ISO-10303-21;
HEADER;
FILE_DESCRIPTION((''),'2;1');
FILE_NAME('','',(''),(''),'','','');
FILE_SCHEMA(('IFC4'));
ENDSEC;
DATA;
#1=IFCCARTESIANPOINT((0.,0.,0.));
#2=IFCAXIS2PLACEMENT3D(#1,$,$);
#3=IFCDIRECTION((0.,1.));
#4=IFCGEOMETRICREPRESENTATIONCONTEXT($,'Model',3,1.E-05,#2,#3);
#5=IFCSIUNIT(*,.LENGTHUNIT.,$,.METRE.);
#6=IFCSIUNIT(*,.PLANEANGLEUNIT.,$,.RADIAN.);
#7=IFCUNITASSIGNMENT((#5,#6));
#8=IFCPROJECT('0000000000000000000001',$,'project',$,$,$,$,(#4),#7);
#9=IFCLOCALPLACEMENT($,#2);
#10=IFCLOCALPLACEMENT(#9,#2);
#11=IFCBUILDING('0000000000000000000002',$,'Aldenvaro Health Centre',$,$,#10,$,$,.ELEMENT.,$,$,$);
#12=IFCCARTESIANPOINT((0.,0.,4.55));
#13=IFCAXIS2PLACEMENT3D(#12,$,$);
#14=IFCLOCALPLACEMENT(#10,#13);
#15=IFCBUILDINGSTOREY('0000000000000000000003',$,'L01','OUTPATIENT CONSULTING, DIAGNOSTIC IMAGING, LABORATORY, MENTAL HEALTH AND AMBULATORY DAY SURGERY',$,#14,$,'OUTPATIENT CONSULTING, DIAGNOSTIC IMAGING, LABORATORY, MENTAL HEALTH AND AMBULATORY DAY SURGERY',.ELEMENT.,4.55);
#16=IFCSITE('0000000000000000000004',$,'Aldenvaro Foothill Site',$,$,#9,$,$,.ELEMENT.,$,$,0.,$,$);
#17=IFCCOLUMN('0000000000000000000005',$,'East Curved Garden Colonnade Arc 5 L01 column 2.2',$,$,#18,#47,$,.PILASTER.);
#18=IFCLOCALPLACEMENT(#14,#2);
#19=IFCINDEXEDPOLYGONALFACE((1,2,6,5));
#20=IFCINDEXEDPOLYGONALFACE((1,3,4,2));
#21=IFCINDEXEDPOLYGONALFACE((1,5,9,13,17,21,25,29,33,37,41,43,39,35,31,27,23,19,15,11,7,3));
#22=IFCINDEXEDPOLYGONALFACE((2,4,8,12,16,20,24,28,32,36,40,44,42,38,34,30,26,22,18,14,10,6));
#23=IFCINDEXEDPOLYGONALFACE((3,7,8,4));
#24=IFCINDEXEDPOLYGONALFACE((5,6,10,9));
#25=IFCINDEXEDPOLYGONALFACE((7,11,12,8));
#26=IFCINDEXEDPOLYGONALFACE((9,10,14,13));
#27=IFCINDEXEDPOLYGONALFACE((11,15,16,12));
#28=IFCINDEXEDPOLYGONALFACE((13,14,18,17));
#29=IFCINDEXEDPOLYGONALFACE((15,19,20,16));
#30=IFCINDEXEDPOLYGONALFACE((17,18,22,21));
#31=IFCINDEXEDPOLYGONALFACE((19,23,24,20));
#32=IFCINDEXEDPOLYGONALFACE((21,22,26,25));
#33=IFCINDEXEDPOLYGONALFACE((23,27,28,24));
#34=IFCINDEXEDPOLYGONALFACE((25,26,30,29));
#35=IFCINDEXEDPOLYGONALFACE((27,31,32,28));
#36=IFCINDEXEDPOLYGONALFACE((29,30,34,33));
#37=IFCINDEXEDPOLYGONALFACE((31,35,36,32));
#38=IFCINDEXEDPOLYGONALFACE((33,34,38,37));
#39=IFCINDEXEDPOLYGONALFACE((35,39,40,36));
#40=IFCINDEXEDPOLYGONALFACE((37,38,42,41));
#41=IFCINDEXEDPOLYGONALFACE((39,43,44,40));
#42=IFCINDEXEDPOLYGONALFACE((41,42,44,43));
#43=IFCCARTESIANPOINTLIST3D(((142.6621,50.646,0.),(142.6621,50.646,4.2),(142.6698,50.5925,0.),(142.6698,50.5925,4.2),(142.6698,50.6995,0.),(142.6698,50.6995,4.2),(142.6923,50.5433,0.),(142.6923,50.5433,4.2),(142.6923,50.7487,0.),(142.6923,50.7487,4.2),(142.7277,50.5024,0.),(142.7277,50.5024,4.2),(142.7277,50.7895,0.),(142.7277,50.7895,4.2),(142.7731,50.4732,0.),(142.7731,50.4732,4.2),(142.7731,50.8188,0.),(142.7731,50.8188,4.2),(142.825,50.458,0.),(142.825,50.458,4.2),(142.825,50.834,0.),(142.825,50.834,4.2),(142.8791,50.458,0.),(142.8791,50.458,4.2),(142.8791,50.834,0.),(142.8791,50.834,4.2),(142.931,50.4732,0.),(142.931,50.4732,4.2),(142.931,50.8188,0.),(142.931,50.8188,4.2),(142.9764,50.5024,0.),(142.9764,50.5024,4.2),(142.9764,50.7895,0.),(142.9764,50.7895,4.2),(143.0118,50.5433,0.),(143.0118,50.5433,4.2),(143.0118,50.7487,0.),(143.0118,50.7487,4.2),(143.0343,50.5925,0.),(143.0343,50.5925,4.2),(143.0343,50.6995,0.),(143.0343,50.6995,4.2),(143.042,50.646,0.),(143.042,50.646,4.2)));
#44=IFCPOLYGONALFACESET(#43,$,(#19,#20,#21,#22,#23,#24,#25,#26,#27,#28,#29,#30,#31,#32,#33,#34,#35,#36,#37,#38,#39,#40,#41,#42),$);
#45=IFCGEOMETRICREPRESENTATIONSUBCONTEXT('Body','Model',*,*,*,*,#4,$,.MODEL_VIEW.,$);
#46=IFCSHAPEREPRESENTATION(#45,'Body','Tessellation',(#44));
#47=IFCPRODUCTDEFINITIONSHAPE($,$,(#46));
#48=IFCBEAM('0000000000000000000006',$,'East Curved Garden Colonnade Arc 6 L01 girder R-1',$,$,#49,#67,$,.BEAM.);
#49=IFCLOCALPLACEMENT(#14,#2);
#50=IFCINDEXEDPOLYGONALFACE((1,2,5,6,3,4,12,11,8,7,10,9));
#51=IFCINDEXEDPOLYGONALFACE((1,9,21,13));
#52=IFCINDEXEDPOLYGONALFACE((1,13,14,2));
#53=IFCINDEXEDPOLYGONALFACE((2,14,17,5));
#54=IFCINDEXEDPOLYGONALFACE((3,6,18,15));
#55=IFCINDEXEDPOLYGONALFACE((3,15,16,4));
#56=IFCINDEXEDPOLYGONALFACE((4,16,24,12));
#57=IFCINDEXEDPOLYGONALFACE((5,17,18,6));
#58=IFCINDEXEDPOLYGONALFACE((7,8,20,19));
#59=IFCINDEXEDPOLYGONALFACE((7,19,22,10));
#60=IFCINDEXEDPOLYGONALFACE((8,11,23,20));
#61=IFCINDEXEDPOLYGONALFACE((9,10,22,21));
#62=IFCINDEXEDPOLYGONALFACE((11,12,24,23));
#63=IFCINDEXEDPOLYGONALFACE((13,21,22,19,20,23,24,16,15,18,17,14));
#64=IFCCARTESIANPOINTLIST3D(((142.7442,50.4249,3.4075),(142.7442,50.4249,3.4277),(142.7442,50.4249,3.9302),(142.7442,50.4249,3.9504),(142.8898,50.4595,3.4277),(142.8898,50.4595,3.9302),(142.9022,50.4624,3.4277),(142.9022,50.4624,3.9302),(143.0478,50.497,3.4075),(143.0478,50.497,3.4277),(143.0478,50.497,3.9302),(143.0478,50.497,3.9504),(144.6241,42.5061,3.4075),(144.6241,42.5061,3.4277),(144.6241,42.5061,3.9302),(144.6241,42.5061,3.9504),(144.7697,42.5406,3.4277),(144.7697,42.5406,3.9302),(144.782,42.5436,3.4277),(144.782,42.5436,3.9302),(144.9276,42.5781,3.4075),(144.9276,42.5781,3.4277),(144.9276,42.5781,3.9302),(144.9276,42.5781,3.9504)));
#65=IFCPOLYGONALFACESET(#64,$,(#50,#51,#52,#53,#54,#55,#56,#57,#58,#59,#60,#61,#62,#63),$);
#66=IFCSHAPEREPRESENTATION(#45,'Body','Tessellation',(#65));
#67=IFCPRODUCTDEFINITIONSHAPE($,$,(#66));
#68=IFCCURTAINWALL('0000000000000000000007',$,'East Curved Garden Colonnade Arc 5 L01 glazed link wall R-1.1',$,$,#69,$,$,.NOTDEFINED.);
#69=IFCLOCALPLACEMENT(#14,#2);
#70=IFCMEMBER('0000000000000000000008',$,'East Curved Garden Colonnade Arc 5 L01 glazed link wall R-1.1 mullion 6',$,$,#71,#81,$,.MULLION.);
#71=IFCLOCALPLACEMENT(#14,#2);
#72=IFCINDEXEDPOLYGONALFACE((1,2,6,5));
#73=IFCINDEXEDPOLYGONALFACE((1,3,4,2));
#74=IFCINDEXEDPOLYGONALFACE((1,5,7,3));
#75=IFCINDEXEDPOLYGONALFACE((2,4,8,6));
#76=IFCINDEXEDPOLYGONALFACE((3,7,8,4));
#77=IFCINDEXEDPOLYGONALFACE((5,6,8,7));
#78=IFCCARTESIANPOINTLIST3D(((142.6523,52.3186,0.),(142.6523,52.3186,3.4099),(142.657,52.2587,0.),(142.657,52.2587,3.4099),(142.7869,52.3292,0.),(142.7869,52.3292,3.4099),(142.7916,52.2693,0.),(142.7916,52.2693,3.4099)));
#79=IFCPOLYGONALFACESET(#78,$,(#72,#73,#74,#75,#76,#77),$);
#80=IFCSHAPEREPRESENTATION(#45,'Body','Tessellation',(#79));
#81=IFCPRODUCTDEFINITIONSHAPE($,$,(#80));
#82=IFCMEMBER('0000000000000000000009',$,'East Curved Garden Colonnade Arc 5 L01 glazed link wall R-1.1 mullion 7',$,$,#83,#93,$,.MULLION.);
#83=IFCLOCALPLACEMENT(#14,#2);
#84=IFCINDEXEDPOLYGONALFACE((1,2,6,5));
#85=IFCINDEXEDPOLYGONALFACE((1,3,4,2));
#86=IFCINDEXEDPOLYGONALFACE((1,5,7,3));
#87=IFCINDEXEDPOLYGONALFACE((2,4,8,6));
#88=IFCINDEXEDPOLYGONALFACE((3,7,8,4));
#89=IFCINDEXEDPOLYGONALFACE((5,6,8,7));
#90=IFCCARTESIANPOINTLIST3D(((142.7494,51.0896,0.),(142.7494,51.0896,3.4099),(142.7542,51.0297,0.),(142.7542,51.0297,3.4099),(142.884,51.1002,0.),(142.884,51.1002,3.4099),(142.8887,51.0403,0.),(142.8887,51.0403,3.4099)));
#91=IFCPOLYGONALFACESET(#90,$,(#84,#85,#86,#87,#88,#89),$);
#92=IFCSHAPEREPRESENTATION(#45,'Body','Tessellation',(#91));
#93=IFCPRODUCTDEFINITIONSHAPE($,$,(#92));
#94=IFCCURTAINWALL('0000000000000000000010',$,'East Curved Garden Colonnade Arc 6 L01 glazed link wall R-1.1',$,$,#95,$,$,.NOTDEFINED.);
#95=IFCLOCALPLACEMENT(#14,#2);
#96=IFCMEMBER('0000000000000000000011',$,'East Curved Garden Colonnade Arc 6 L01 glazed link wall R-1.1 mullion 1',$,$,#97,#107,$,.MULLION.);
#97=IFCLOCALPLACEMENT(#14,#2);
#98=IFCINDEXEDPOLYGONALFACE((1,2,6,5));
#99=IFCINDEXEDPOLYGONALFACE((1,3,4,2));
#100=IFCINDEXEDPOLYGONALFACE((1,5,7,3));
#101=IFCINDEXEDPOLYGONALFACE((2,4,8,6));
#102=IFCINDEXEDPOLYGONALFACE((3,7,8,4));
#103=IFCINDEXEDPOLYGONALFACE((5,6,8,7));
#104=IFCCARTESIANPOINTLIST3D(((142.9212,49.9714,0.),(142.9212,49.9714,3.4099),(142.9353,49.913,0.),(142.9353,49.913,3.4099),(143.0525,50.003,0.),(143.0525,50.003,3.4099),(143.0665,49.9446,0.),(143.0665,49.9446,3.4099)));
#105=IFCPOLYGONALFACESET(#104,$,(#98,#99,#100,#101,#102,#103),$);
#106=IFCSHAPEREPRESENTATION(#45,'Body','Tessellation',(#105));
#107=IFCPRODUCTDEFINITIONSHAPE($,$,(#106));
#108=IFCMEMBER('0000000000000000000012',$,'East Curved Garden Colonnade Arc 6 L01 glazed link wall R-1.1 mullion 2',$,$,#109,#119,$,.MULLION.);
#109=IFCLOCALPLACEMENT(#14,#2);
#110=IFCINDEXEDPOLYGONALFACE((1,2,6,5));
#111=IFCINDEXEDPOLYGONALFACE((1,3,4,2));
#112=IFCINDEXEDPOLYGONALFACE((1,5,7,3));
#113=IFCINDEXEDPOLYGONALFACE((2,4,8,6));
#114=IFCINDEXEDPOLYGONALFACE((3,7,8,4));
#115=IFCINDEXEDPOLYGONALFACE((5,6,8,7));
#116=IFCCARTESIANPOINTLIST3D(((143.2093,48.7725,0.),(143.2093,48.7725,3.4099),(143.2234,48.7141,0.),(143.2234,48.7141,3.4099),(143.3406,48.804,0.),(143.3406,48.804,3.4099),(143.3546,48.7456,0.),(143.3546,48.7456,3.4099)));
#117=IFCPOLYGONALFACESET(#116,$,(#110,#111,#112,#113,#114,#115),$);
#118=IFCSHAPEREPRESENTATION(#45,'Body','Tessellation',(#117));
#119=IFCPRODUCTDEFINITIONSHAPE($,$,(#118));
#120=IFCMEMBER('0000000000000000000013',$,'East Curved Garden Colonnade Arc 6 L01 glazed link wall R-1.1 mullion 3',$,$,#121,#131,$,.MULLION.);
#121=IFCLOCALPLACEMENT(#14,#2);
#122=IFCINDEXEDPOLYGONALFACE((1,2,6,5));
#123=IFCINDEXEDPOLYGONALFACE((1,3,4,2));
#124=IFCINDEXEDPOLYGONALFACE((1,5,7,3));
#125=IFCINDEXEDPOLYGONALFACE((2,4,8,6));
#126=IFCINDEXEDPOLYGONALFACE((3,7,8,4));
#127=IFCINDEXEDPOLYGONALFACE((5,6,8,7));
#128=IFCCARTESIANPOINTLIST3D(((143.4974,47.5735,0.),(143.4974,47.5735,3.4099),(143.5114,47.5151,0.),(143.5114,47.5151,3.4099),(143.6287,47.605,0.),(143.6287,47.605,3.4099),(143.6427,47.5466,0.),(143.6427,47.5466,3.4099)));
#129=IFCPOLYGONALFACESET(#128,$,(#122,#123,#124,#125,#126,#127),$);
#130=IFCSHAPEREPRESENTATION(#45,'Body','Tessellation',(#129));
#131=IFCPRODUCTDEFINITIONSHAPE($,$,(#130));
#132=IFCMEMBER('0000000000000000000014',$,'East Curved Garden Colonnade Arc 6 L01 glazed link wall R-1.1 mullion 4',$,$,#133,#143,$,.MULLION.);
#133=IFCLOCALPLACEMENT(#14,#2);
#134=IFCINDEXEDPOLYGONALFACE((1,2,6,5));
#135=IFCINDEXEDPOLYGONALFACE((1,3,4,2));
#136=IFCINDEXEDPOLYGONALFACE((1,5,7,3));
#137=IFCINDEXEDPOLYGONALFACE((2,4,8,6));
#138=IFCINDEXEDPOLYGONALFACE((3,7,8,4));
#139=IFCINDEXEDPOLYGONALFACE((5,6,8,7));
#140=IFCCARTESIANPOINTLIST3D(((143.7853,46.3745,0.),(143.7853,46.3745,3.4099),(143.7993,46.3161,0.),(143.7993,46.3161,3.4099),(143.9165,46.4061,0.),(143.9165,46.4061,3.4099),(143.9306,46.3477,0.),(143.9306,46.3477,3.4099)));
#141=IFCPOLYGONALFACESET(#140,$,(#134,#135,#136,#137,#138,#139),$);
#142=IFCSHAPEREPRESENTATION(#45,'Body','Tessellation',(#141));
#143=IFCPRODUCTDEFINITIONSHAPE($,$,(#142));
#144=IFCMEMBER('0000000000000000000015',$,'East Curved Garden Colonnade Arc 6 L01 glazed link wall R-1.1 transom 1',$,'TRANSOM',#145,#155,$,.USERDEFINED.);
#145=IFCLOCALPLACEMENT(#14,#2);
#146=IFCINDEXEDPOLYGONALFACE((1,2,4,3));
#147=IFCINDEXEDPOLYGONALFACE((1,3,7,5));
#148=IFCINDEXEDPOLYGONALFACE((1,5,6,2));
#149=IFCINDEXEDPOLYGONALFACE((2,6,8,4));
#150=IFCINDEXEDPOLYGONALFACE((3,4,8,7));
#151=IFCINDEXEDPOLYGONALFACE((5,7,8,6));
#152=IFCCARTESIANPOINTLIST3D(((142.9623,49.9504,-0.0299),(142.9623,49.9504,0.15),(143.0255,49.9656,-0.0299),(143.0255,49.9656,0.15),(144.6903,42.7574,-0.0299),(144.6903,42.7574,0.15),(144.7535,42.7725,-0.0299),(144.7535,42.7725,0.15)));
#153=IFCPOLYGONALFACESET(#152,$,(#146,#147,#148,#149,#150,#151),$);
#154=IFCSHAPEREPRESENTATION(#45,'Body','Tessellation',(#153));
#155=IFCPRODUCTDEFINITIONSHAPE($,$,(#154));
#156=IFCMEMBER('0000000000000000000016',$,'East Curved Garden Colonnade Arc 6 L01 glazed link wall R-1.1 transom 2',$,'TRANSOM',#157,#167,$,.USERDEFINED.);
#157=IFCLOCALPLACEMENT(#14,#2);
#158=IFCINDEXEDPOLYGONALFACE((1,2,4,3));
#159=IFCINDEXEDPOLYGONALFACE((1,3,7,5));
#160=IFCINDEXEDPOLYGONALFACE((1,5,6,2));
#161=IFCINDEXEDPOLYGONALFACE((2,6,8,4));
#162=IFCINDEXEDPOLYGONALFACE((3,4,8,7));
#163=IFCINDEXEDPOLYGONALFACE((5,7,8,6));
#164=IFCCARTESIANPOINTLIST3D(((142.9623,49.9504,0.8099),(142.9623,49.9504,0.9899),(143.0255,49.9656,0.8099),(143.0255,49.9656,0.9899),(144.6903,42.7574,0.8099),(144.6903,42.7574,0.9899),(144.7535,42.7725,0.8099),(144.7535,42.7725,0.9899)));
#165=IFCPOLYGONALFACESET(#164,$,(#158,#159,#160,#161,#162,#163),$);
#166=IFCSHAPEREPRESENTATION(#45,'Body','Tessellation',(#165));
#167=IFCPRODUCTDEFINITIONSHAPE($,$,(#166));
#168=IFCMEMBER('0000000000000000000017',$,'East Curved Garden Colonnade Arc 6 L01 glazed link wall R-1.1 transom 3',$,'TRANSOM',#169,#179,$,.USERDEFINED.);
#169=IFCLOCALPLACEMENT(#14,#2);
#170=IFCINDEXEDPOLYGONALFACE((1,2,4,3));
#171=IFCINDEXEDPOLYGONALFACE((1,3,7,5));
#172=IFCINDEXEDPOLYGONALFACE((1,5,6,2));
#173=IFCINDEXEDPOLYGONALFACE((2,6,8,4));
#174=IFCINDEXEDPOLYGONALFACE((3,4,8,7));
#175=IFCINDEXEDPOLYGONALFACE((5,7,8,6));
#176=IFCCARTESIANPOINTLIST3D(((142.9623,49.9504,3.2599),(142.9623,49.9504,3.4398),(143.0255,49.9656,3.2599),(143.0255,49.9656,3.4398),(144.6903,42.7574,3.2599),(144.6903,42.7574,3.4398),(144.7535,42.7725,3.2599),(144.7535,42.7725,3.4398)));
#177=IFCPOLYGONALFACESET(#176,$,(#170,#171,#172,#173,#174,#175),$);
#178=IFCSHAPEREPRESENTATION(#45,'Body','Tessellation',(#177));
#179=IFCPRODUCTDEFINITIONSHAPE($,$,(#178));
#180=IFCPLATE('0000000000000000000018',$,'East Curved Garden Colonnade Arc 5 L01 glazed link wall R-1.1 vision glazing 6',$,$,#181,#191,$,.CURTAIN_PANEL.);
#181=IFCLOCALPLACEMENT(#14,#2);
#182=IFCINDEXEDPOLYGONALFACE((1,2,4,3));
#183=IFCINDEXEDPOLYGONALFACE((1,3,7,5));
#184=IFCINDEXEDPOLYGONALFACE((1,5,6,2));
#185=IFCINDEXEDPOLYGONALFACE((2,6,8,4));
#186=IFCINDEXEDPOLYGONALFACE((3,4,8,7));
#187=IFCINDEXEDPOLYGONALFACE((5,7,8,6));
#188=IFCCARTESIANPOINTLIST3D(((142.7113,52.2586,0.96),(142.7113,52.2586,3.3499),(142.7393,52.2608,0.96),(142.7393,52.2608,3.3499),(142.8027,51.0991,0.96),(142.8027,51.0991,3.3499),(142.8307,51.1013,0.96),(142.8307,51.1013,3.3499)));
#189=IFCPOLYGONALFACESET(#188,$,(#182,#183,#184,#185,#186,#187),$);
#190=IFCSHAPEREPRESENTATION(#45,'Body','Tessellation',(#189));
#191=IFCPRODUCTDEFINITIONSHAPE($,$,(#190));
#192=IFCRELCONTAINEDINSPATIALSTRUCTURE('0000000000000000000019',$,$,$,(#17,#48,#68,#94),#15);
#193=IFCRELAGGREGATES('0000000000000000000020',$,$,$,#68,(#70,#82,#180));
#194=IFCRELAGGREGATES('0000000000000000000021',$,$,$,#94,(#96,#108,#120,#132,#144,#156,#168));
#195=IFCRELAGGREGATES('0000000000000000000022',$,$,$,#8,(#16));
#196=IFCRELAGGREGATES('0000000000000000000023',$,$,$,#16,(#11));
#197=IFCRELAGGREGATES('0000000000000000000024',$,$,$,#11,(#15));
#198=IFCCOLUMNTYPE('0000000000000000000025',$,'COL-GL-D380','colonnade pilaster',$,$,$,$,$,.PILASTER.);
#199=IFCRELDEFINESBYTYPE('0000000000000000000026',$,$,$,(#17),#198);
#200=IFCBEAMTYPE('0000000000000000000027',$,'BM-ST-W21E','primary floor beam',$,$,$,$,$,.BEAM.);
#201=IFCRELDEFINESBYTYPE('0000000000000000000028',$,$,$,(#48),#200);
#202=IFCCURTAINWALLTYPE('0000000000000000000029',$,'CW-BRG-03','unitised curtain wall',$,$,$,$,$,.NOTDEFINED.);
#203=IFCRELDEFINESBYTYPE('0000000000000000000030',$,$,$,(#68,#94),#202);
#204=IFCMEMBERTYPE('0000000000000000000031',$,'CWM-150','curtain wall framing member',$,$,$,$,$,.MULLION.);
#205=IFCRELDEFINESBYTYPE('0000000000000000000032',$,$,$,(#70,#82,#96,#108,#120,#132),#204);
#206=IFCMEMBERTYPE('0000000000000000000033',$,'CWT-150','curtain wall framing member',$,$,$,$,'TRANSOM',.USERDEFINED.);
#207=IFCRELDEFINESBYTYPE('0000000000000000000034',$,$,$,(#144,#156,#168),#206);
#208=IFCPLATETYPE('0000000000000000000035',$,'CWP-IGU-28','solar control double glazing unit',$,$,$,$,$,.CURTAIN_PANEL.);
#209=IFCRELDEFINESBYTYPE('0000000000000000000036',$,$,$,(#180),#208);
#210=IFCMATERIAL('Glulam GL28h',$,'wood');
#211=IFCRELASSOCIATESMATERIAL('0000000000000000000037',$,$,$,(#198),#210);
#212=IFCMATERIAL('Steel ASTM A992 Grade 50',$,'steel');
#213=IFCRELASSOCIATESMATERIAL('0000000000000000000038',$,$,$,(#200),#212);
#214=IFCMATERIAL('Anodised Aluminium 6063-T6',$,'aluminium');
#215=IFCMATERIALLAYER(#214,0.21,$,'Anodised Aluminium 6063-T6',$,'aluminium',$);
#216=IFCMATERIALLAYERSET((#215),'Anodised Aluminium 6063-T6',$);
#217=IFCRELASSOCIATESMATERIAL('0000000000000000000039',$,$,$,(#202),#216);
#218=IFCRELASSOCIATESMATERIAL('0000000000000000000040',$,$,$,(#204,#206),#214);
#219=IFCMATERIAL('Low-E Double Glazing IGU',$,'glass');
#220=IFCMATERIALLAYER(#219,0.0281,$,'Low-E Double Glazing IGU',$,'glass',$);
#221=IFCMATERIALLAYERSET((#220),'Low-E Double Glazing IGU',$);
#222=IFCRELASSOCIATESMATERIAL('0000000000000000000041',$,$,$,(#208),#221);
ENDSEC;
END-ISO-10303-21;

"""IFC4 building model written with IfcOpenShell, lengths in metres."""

from ifc_helpers import new_model, si_unit, direction, frame, origin, origin_2d, place, context, subcontext, project, spatial, rectangle, circle, i_section, extrude, material, layer, layer_set, material_profile, profile_set, type_object, element, aggregate, save


model = new_model("IFC4")

# Units and contexts
model_context = context("Model", 3, precision=1e-05, world=origin(), true_north=direction((0.0, 1.0)))
body_context = subcontext(model_context, "Body", "Model", "MODEL_VIEW")
ifc_project = project(units=[si_unit("LENGTHUNIT", "METRE"), si_unit("PLANEANGLEUNIT", "RADIAN")], contexts=[model_context])

# Site, building, storey
site_placement = place(None, origin())
site = spatial("IfcSite", under=ifc_project, at=site_placement, Name="Aldenvaro Foothill Site", CompositionType="ELEMENT", RefElevation=0.0)
building_placement = place(site_placement, origin())
building = spatial("IfcBuilding", under=site, at=building_placement, Name="Aldenvaro Health Centre", CompositionType="ELEMENT")
storey_placement = place(building_placement, frame((0.0, 0.0, 4.55)))
storey = spatial("IfcBuildingStorey", under=building, at=storey_placement, Name="L01", Description="OUTPATIENT CONSULTING, DIAGNOSTIC IMAGING, LABORATORY, MENTAL HEALTH AND AMBULATORY DAY SURGERY", LongName="OUTPATIENT CONSULTING, DIAGNOSTIC IMAGING, LABORATORY, MENTAL HEALTH AND AMBULATORY DAY SURGERY", CompositionType="ELEMENT", Elevation=4.55)

# Column
ifc_material_1 = material(Name="Glulam GL28h", Category="wood")
ifc_material_profile_1 = material_profile(ifc_material_1, circle(Radius=0.1899, at=origin_2d()), Name="GL D380", Category="wood")
ifc_profile_set_1 = profile_set([ifc_material_profile_1], Name="Glulam GL28h")
column_type = type_object("IfcColumnType", Name="COL-GL-D380", Description="colonnade pilaster", PredefinedType="PILASTER", material=ifc_profile_set_1)
column_placement = place(storey_placement, frame((142.8521, 50.646, 0.0), z_axis=(0.0, 0.0, 1.0), x_axis=(1.0, 0.0, 0.0)))
element("IfcColumn", 1, at=column_placement, inside=storey, type_object=column_type, Name="East Curved Garden Colonnade Arc 5 L01 column 2.2", PredefinedType="PILASTER", context=body_context, shape_type="SweptSolid", body=[
    extrude(circle(Radius=0.1899, at=origin_2d()), origin(), (0.0, 0.0, 1.0), 4.2),
])

# Beam
ifc_material_2 = material(Name="Steel ASTM A992 Grade 50", Category="steel")
ifc_material_profile_2 = material_profile(ifc_material_2, i_section(OverallWidth=0.312, OverallDepth=0.543, WebThickness=0.0127, FlangeThickness=0.0203, at=origin_2d()), Name="W21X101", Category="steel")
ifc_profile_set_2 = profile_set([ifc_material_profile_2], Name="Steel ASTM A992 Grade 50")
beam_type = type_object("IfcBeamType", Name="BM-ST-W21E", Description="primary floor beam", PredefinedType="BEAM", material=ifc_profile_set_2)
beam_placement = place(storey_placement, frame((142.896, 50.4609, 3.679), z_axis=(0.230972, -0.97296, 0.0), x_axis=(0.97296, 0.230972, 0.0)))
element("IfcBeam", 2, at=beam_placement, inside=storey, type_object=beam_type, Name="East Curved Garden Colonnade Arc 6 L01 girder R-1", PredefinedType="BEAM", context=body_context, shape_type="SweptSolid", body=[
    extrude(i_section(OverallWidth=0.312, OverallDepth=0.543, WebThickness=0.0127, FlangeThickness=0.0203, at=origin_2d()), origin(), (0.0, 0.0, 1.0), 8.1389),
])

# Curtain walls, members
ifc_material_3 = material(Name="Anodised Aluminium 6063-T6", Category="aluminium")
ifc_layer_1 = layer(ifc_material_3, 0.21, Name="Anodised Aluminium 6063-T6", Category="aluminium")
ifc_layer_set_1 = layer_set([ifc_layer_1], Name="Anodised Aluminium 6063-T6")
curtain_wall_type = type_object("IfcCurtainWallType", Name="CW-BRG-03", Description="unitised curtain wall", PredefinedType="NOTDEFINED", material=ifc_layer_set_1)
curtain_wall_1_placement = place(storey_placement, origin())
curtain_wall_1 = element("IfcCurtainWall", 3, at=curtain_wall_1_placement, inside=storey, type_object=curtain_wall_type, Name="East Curved Garden Colonnade Arc 5 L01 glazed link wall R-1.1", PredefinedType="NOTDEFINED")
ifc_material_profile_3 = material_profile(ifc_material_3, rectangle(XDim=0.0601, YDim=0.135, at=origin_2d()), Name="ALU 60x135", Category="aluminium")
ifc_profile_set_3 = profile_set([ifc_material_profile_3], Name="Anodised Aluminium 6063-T6")
member_type_1 = type_object("IfcMemberType", Name="CWM-150", Description="curtain wall framing member", PredefinedType="MULLION", material=ifc_profile_set_3)
member_1_placement = place(storey_placement, frame((142.7219, 52.2939, 0.0), z_axis=(0.0, 0.0, 1.0), x_axis=(0.078536, -0.996911, 0.0)))
member_1 = element("IfcMember", 4, at=member_1_placement, type_object=member_type_1, Name="East Curved Garden Colonnade Arc 5 L01 glazed link wall R-1.1 mullion 6", PredefinedType="MULLION", context=body_context, shape_type="SweptSolid", body=[
    extrude(rectangle(XDim=0.0601, YDim=0.135, at=origin_2d()), origin(), (0.0, 0.0, 1.0), 3.4099),
])
member_2_placement = place(storey_placement, frame((142.8191, 51.0649, 0.0), z_axis=(0.0, 0.0, 1.0), x_axis=(0.078536, -0.996911, 0.0)))
member_2 = element("IfcMember", 5, at=member_2_placement, type_object=member_type_1, Name="East Curved Garden Colonnade Arc 5 L01 glazed link wall R-1.1 mullion 7", PredefinedType="MULLION", context=body_context, shape_type="SweptSolid", body=[
    extrude(rectangle(XDim=0.0601, YDim=0.135, at=origin_2d()), origin(), (0.0, 0.0, 1.0), 3.4099),
])
curtain_wall_2_placement = place(storey_placement, origin())
curtain_wall_2 = element("IfcCurtainWall", 6, at=curtain_wall_2_placement, inside=storey, type_object=curtain_wall_type, Name="East Curved Garden Colonnade Arc 6 L01 glazed link wall R-1.1", PredefinedType="NOTDEFINED")
member_3_placement = place(storey_placement, frame((142.9939, 49.958, 0.0), z_axis=(0.0, 0.0, 1.0), x_axis=(0.233588, -0.972336, 0.0)))
member_3 = element("IfcMember", 7, at=member_3_placement, type_object=member_type_1, Name="East Curved Garden Colonnade Arc 6 L01 glazed link wall R-1.1 mullion 1", PredefinedType="MULLION", context=body_context, shape_type="SweptSolid", body=[
    extrude(rectangle(XDim=0.0601, YDim=0.135, at=origin_2d()), origin(), (0.0, 0.0, 1.0), 3.4099),
])
member_4_placement = place(storey_placement, frame((143.282, 48.759, 0.0), z_axis=(0.0, 0.0, 1.0), x_axis=(0.233588, -0.972336, 0.0)))
member_4 = element("IfcMember", 8, at=member_4_placement, type_object=member_type_1, Name="East Curved Garden Colonnade Arc 6 L01 glazed link wall R-1.1 mullion 2", PredefinedType="MULLION", context=body_context, shape_type="SweptSolid", body=[
    extrude(rectangle(XDim=0.0601, YDim=0.135, at=origin_2d()), origin(), (0.0, 0.0, 1.0), 3.4099),
])
member_5_placement = place(storey_placement, frame((143.5701, 47.5601, 0.0), z_axis=(0.0, 0.0, 1.0), x_axis=(0.233588, -0.972336, 0.0)))
member_5 = element("IfcMember", 9, at=member_5_placement, type_object=member_type_1, Name="East Curved Garden Colonnade Arc 6 L01 glazed link wall R-1.1 mullion 3", PredefinedType="MULLION", context=body_context, shape_type="SweptSolid", body=[
    extrude(rectangle(XDim=0.0601, YDim=0.135, at=origin_2d()), origin(), (0.0, 0.0, 1.0), 3.4099),
])
member_6_placement = place(storey_placement, frame((143.8579, 46.3611, 0.0), z_axis=(0.0, 0.0, 1.0), x_axis=(0.233588, -0.972336, 0.0)))
member_6 = element("IfcMember", 10, at=member_6_placement, type_object=member_type_1, Name="East Curved Garden Colonnade Arc 6 L01 glazed link wall R-1.1 mullion 4", PredefinedType="MULLION", context=body_context, shape_type="SweptSolid", body=[
    extrude(rectangle(XDim=0.0601, YDim=0.135, at=origin_2d()), origin(), (0.0, 0.0, 1.0), 3.4099),
])
ifc_material_profile_4 = material_profile(ifc_material_3, rectangle(XDim=0.0649, YDim=0.1799, at=origin_2d()), Name="ALU 65x180", Category="aluminium")
ifc_profile_set_4 = profile_set([ifc_material_profile_4], Name="Anodised Aluminium 6063-T6")
member_type_2 = type_object("IfcMemberType", Name="CWT-150", Description="curtain wall framing member", ElementType="TRANSOM", PredefinedType="USERDEFINED", material=ifc_profile_set_4)
member_7_placement = place(storey_placement, frame((142.9939, 49.958, 0.0601), z_axis=(0.233588, -0.972336, 0.0), x_axis=(0.972336, 0.233588, 0.0)))
member_7 = element("IfcMember", 11, at=member_7_placement, type_object=member_type_2, Name="East Curved Garden Colonnade Arc 6 L01 glazed link wall R-1.1 transom 1", ObjectType="TRANSOM", PredefinedType="USERDEFINED", context=body_context, shape_type="SweptSolid", body=[
    extrude(rectangle(XDim=0.0649, YDim=0.1799, at=origin_2d()), origin(), (0.0, 0.0, 1.0), 7.3977),
])
member_8_placement = place(storey_placement, frame((142.9939, 49.958, 0.8999), z_axis=(0.233588, -0.972336, 0.0), x_axis=(0.972336, 0.233588, 0.0)))
member_8 = element("IfcMember", 12, at=member_8_placement, type_object=member_type_2, Name="East Curved Garden Colonnade Arc 6 L01 glazed link wall R-1.1 transom 2", ObjectType="TRANSOM", PredefinedType="USERDEFINED", context=body_context, shape_type="SweptSolid", body=[
    extrude(rectangle(XDim=0.0649, YDim=0.1799, at=origin_2d()), origin(), (0.0, 0.0, 1.0), 7.3977),
])
member_9_placement = place(storey_placement, frame((142.9939, 49.958, 3.3499), z_axis=(0.233588, -0.972336, 0.0), x_axis=(0.972336, 0.233588, 0.0)))
member_9 = element("IfcMember", 13, at=member_9_placement, type_object=member_type_2, Name="East Curved Garden Colonnade Arc 6 L01 glazed link wall R-1.1 transom 3", ObjectType="TRANSOM", PredefinedType="USERDEFINED", context=body_context, shape_type="SweptSolid", body=[
    extrude(rectangle(XDim=0.0649, YDim=0.1799, at=origin_2d()), origin(), (0.0, 0.0, 1.0), 7.3977),
])

# Plate
ifc_material_4 = material(Name="Low-E Double Glazing IGU", Category="glass")
ifc_layer_2 = layer(ifc_material_4, 0.0281, Name="Low-E Double Glazing IGU", Category="glass")
ifc_layer_set_2 = layer_set([ifc_layer_2], Name="Low-E Double Glazing IGU")
plate_type_1 = type_object("IfcPlateType", Name="CWP-IGU-28", Description="solar control double glazing unit", PredefinedType="CURTAIN_PANEL", material=ifc_layer_set_2)
plate_1_placement = place(storey_placement, frame((142.771, 51.6799, 0.96), z_axis=(0.0, 0.0, 1.0), x_axis=(0.078536, -0.996911, 0.0)))
plate_1 = element("IfcPlate", 14, at=plate_1_placement, type_object=plate_type_1, Name="East Curved Garden Colonnade Arc 5 L01 glazed link wall R-1.1 vision glazing 6", PredefinedType="CURTAIN_PANEL", context=body_context, shape_type="SweptSolid", body=[
    extrude(rectangle(XDim=1.1631, YDim=0.0281, at=origin_2d()), origin(), (0.0, 0.0, 1.0), 2.3899),
])
aggregate(curtain_wall_1, [member_1, member_2, plate_1])
aggregate(curtain_wall_2, [member_3, member_4, member_5, member_6, member_7, member_8, member_9])

save(model, "model.ifc")
